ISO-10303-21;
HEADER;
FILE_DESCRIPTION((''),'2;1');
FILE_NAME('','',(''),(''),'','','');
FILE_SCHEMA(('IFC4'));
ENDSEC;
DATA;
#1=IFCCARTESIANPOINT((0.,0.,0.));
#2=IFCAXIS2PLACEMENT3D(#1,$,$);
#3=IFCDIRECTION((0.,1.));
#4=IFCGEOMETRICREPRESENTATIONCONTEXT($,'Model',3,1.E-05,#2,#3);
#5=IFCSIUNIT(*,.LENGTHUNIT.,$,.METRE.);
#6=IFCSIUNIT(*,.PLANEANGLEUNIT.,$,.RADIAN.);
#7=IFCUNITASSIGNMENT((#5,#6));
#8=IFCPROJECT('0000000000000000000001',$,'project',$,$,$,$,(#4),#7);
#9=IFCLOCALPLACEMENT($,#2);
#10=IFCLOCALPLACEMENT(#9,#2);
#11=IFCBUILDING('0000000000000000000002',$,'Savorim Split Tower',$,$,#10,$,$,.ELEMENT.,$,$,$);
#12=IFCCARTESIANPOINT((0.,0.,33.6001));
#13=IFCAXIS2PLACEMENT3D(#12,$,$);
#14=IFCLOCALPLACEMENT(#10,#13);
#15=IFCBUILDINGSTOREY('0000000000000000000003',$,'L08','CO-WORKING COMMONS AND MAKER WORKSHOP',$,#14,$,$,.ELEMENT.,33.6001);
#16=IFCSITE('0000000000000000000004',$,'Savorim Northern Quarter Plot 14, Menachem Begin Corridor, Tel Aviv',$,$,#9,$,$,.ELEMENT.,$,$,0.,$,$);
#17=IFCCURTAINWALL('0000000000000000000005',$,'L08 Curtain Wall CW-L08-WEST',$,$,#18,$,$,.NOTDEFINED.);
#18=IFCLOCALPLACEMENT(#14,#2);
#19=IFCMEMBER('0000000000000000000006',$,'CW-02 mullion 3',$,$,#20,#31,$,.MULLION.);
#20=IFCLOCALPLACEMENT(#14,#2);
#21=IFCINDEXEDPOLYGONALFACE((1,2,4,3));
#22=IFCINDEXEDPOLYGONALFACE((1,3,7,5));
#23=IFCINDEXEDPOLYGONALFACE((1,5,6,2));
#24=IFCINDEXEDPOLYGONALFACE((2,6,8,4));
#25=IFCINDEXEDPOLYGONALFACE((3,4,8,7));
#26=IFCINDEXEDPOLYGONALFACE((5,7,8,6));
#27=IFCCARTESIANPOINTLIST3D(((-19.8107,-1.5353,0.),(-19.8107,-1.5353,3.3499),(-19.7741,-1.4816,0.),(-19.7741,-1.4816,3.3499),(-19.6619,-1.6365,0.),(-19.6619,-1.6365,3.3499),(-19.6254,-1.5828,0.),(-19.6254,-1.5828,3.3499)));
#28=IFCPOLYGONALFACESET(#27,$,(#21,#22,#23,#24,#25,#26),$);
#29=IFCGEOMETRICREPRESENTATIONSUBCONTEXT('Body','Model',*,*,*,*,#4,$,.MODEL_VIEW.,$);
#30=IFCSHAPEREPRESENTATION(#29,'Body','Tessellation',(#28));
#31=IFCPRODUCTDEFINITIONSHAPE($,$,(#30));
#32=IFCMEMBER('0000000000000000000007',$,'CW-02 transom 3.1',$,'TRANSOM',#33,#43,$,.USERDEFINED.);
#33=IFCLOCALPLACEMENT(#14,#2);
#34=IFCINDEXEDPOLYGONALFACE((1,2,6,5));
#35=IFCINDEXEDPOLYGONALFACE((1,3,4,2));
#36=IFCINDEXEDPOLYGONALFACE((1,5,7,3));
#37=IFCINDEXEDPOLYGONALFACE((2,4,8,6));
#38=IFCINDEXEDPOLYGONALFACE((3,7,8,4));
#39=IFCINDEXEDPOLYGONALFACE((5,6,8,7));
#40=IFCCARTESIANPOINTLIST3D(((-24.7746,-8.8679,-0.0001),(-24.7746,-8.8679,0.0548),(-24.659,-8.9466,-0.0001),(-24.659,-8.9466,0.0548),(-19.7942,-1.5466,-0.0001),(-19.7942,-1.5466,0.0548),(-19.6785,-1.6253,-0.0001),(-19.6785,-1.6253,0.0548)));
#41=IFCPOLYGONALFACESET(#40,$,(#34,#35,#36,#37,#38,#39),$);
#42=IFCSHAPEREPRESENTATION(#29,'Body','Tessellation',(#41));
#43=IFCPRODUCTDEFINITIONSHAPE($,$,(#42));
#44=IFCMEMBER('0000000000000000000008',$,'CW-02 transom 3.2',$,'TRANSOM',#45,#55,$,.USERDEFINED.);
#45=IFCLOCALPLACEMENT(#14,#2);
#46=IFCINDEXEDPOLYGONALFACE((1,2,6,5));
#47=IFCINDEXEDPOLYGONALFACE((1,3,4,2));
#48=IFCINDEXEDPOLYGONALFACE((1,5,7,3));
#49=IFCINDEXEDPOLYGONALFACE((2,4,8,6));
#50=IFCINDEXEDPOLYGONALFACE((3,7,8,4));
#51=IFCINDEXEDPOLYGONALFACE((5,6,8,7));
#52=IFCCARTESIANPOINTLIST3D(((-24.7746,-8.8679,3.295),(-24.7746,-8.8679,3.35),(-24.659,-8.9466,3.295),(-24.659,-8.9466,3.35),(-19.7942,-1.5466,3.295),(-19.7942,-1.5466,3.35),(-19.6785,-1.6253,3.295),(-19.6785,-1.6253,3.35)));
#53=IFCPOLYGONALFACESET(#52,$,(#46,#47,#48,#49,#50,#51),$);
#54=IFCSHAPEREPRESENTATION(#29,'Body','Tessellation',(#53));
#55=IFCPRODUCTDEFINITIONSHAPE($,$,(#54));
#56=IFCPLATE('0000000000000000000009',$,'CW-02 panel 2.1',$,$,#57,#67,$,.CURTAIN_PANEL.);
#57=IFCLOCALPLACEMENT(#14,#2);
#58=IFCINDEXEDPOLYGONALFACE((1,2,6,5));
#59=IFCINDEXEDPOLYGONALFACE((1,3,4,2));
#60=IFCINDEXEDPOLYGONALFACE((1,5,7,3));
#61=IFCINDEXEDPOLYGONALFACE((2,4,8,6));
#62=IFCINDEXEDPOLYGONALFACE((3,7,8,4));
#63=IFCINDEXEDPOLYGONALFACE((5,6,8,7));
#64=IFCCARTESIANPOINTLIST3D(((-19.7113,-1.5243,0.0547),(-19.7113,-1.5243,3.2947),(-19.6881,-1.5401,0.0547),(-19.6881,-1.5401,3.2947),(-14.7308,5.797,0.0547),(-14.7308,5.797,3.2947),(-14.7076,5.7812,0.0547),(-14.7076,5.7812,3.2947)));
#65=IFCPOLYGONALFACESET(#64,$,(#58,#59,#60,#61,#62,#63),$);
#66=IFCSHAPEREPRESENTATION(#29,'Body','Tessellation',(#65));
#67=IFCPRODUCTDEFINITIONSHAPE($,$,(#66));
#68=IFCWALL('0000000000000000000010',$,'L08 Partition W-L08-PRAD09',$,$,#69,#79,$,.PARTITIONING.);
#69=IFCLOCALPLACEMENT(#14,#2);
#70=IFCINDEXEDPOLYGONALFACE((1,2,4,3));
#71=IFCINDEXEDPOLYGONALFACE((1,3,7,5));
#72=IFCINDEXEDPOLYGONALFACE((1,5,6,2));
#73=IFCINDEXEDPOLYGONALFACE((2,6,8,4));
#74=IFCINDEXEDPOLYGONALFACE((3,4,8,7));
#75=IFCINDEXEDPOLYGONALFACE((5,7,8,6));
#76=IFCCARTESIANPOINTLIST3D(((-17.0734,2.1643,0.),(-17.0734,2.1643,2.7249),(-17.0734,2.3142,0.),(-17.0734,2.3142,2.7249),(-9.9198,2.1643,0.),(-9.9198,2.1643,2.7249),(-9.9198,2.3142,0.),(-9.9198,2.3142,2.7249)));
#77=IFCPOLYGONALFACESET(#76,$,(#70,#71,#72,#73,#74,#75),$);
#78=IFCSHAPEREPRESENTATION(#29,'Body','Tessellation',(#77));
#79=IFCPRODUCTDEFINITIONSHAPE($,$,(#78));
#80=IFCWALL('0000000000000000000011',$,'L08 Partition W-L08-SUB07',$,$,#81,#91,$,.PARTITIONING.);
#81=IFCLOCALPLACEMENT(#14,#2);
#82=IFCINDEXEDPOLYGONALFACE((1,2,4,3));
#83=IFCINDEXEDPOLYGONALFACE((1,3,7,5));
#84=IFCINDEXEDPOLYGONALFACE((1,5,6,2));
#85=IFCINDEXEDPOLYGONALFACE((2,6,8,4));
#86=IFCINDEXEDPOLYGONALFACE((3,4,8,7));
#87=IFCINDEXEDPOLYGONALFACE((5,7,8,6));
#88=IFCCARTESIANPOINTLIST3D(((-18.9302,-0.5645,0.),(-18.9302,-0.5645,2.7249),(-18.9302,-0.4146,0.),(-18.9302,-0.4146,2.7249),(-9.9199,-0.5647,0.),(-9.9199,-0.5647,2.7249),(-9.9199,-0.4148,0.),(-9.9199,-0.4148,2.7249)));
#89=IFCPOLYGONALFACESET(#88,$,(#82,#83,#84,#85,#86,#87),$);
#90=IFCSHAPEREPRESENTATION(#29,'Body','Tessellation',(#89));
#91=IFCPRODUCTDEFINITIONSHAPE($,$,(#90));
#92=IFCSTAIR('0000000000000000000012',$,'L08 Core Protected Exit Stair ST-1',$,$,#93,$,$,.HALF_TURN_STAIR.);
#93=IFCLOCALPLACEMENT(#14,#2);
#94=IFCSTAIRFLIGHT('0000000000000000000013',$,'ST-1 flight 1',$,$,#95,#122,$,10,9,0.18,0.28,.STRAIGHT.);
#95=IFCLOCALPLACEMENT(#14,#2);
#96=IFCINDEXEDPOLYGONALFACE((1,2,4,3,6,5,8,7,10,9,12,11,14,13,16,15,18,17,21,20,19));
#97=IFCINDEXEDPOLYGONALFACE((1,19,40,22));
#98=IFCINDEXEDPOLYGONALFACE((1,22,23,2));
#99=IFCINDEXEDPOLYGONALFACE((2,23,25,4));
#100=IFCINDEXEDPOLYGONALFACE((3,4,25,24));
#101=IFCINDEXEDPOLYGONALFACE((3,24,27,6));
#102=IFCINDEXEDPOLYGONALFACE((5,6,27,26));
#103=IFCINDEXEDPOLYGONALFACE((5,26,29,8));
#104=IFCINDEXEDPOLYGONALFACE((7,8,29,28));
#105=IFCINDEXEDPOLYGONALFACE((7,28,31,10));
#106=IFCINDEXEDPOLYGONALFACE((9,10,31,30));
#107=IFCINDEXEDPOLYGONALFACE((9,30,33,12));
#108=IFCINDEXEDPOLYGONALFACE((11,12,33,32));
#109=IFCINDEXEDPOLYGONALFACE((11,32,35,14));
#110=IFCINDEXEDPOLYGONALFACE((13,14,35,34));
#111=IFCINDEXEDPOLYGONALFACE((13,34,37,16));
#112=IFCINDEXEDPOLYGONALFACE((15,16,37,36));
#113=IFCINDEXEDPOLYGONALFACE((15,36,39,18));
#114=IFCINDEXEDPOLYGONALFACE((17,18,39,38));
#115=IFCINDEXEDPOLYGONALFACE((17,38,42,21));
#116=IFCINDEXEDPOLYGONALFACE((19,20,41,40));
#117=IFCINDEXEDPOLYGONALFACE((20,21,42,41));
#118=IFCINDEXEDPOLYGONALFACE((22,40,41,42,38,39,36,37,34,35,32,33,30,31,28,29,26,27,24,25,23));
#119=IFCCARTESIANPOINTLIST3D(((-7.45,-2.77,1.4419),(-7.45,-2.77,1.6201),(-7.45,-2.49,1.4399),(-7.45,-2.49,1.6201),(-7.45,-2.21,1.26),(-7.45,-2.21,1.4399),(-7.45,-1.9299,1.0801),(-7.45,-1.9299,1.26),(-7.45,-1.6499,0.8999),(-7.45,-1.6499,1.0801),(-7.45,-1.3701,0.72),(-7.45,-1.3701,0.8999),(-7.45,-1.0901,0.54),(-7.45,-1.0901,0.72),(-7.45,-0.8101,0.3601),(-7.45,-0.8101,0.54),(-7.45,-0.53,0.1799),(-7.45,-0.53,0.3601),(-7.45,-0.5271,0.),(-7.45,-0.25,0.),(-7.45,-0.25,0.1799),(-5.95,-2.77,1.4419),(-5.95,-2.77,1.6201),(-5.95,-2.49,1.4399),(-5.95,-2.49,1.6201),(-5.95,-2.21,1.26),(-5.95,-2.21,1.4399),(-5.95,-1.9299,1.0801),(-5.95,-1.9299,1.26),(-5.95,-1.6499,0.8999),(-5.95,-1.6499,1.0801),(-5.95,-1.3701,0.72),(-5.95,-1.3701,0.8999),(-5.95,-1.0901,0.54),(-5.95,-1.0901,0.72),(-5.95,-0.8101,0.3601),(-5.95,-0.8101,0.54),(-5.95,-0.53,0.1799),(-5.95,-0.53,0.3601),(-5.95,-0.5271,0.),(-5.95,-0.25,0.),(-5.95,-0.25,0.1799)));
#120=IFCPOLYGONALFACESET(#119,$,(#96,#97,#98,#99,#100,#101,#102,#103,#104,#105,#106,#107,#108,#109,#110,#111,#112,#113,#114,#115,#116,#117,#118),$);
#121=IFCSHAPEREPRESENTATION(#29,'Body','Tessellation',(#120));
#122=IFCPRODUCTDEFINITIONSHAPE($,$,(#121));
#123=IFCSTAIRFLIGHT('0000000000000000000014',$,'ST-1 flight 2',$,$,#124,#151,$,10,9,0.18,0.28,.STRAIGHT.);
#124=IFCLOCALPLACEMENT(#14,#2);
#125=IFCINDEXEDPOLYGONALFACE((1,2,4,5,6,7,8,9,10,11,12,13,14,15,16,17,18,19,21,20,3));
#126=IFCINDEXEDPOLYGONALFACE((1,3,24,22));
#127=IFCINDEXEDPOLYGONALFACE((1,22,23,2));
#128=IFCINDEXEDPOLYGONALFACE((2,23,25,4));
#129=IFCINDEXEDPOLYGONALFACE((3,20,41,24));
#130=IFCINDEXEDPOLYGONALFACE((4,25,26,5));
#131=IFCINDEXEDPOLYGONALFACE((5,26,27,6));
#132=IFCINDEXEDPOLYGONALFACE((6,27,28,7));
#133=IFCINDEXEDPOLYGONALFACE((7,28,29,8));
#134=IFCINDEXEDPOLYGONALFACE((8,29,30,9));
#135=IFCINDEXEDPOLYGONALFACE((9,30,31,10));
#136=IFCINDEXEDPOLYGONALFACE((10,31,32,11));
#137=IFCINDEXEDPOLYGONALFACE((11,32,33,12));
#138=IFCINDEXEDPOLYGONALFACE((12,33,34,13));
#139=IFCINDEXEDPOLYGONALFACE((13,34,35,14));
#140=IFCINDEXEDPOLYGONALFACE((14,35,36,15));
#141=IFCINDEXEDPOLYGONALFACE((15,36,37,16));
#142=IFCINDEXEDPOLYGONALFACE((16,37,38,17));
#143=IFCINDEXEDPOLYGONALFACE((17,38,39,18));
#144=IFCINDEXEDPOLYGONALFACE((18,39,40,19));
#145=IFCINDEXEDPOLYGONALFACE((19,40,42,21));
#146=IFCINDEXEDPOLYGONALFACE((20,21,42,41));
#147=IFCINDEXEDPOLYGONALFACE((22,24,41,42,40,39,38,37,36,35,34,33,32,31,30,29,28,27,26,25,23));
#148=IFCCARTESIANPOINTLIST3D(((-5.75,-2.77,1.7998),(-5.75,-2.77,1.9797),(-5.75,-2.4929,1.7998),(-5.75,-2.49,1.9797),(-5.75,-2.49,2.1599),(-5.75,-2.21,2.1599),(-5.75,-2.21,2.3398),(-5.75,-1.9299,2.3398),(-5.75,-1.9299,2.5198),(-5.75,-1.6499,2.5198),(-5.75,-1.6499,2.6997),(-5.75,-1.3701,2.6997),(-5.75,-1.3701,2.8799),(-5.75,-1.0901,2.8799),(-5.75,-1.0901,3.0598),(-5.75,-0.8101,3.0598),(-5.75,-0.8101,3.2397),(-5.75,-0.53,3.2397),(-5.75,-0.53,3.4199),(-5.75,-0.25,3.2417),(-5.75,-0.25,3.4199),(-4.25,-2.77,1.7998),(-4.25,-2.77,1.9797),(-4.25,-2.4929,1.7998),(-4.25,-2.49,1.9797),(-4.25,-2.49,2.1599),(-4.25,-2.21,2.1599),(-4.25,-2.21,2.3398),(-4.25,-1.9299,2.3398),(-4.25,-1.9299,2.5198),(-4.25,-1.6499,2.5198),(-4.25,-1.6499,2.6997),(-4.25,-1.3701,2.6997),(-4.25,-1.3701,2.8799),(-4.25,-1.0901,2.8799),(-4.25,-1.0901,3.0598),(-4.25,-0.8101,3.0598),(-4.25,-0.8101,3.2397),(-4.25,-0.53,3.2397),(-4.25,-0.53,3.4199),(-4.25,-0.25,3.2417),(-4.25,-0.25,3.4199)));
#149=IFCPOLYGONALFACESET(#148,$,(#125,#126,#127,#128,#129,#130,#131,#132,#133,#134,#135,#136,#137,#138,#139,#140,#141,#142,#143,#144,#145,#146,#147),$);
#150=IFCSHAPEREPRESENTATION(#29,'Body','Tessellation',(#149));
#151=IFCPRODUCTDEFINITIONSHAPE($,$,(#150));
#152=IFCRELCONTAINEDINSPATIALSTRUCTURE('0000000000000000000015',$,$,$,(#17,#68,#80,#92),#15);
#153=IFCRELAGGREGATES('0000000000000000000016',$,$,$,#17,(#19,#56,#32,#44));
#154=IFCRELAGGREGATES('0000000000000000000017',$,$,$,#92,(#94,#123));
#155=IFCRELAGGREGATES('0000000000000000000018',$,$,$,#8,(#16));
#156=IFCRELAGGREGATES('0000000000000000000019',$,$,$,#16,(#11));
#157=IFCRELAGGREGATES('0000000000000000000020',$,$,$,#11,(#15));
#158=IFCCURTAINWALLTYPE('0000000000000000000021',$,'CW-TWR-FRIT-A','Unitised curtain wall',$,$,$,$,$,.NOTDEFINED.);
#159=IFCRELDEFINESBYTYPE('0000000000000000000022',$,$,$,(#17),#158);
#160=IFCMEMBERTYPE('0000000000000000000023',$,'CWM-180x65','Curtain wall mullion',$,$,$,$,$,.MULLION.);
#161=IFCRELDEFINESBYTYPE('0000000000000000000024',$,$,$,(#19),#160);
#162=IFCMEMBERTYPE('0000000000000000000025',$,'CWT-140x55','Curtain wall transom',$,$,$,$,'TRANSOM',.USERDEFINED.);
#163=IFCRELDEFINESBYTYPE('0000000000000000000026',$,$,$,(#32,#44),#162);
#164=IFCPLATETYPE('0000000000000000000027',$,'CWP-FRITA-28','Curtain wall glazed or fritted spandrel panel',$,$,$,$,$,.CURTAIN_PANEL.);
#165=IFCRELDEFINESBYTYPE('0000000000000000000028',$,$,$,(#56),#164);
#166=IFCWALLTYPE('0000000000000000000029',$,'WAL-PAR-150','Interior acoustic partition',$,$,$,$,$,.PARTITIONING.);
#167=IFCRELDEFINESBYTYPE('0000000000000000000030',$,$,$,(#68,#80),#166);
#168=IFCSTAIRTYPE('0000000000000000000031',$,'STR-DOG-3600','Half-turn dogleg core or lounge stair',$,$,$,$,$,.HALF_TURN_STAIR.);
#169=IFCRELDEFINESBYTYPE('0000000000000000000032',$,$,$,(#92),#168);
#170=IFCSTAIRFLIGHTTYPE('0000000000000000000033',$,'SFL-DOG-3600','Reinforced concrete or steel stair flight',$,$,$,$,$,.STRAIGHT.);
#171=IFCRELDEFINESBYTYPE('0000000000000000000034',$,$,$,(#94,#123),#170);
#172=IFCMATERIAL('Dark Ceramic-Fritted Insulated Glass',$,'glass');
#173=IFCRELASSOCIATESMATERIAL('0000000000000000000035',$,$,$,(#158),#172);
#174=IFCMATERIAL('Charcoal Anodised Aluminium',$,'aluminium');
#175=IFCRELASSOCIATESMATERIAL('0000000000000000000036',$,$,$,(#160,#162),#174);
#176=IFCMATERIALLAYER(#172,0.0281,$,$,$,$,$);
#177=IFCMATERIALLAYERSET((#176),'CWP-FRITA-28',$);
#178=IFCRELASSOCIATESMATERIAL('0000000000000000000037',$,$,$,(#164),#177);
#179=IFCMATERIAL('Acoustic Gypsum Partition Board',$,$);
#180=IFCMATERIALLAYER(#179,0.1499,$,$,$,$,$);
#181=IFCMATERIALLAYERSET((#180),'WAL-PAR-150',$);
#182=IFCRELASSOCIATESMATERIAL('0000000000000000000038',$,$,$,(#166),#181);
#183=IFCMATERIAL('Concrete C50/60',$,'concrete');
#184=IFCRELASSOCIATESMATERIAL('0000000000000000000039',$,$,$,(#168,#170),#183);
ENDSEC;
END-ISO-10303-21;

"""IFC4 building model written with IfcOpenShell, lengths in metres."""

from ifc_helpers import new_model, si_unit, direction, frame, frame_2d, origin, origin_2d, place, context, subcontext, project, spatial, polyline, rectangle, outline, extrude, material, layer, layer_set, material_profile, profile_set, type_object, element, aggregate, save


model = new_model("IFC4")

# Units and contexts
model_context = context("Model", 3, precision=1e-05, world=origin(), true_north=direction((0.0, 1.0)))
body_context = subcontext(model_context, "Body", "Model", "MODEL_VIEW")
ifc_project = project(units=[si_unit("LENGTHUNIT", "METRE"), si_unit("PLANEANGLEUNIT", "RADIAN")], contexts=[model_context])

# Site, building, storey
site_placement = place(None, origin())
site = spatial("IfcSite", under=ifc_project, at=site_placement, Name="Savorim Northern Quarter Plot 14, Menachem Begin Corridor, Tel Aviv", CompositionType="ELEMENT", RefElevation=0.0)
building_placement = place(site_placement, origin())
building = spatial("IfcBuilding", under=site, at=building_placement, Name="Savorim Split Tower", CompositionType="ELEMENT")
storey_placement = place(building_placement, frame((0.0, 0.0, 33.6001)))
storey = spatial("IfcBuildingStorey", under=building, at=storey_placement, Name="L08", Description="CO-WORKING COMMONS AND MAKER WORKSHOP", CompositionType="ELEMENT", Elevation=33.6001)

# Curtain wall, members, plate
ifc_material_1 = material(Name="Dark Ceramic-Fritted Insulated Glass", Category="glass")
curtain_wall_type = type_object("IfcCurtainWallType", Name="CW-TWR-FRIT-A", Description="Unitised curtain wall", PredefinedType="NOTDEFINED", material=ifc_material_1)
curtain_wall_placement = place(storey_placement, origin())
curtain_wall = element("IfcCurtainWall", 1, at=curtain_wall_placement, inside=storey, type_object=curtain_wall_type, Name="L08 Curtain Wall CW-L08-WEST", PredefinedType="NOTDEFINED")
ifc_material_2 = material(Name="Charcoal Anodised Aluminium", Category="aluminium")
ifc_material_profile_1 = material_profile(ifc_material_2, rectangle(XDim=0.1799, YDim=0.0649, at=origin_2d()), Name="ALU-M 180x65")
ifc_profile_set_1 = profile_set([ifc_material_profile_1], Name="Charcoal Anodised Aluminium")
member_type_1 = type_object("IfcMemberType", Name="CWM-180x65", Description="Curtain wall mullion", PredefinedType="MULLION", material=ifc_profile_set_1)
member_1_placement = place(storey_placement, frame((-19.718, -1.5591, 0.0), z_axis=(0.0, 0.0, 1.0), x_axis=(0.826821, -0.562465, 0.0)))
member_1 = element("IfcMember", 2, at=member_1_placement, type_object=member_type_1, Name="CW-02 mullion 3", PredefinedType="MULLION", context=body_context, shape_type="SweptSolid", body=[
    extrude(rectangle(XDim=0.1799, YDim=0.0649, at=origin_2d()), origin(), (0.0, 0.0, 1.0), 3.3499),
])
ifc_material_profile_2 = material_profile(ifc_material_2, rectangle(XDim=0.1399, YDim=0.0549, at=origin_2d()), Name="ALU-T 140x55")
ifc_profile_set_2 = profile_set([ifc_material_profile_2], Name="Charcoal Anodised Aluminium")
member_type_2 = type_object("IfcMemberType", Name="CWT-140x55", Description="Curtain wall transom", ElementType="TRANSOM", PredefinedType="USERDEFINED", material=ifc_profile_set_2)
member_2_placement = place(storey_placement, frame((-19.7363, -1.5859, 0.0273), z_axis=(-0.562464, -0.826822, 0.0), x_axis=(0.826822, -0.562464, 0.0)))
member_2 = element("IfcMember", 3, at=member_2_placement, type_object=member_type_2, Name="CW-02 transom 3.1", ObjectType="TRANSOM", PredefinedType="USERDEFINED", context=body_context, shape_type="SweptSolid", body=[
    extrude(rectangle(XDim=0.1399, YDim=0.0549, at=origin_2d()), origin(), (0.0, 0.0, 1.0), 8.8547),
])
member_3_placement = place(storey_placement, frame((-19.7363, -1.5859, 3.3225), z_axis=(-0.562464, -0.826822, 0.0), x_axis=(0.826822, -0.562464, 0.0)))
member_3 = element("IfcMember", 4, at=member_3_placement, type_object=member_type_2, Name="CW-02 transom 3.2", ObjectType="TRANSOM", PredefinedType="USERDEFINED", context=body_context, shape_type="SweptSolid", body=[
    extrude(rectangle(XDim=0.1399, YDim=0.0549, at=origin_2d()), origin(), (0.0, 0.0, 1.0), 8.8547),
])
ifc_layer_1 = layer(ifc_material_1, 0.0281)
ifc_layer_set_1 = layer_set([ifc_layer_1], Name="CWP-FRITA-28")
plate_type = type_object("IfcPlateType", Name="CWP-FRITA-28", Description="Curtain wall glazed or fritted spandrel panel", PredefinedType="CURTAIN_PANEL", material=ifc_layer_set_1)
plate_placement = place(storey_placement, frame((-17.2095, 2.1284, 0.0547), z_axis=(0.0, 0.0, 1.0), x_axis=(-0.562465, -0.826821, 0.0)))
plate = element("IfcPlate", 5, at=plate_placement, type_object=plate_type, Name="CW-02 panel 2.1", PredefinedType="CURTAIN_PANEL", context=body_context, shape_type="SweptSolid", body=[
    extrude(rectangle(XDim=8.8547, YDim=0.0281, at=origin_2d()), origin(), (0.0, 0.0, 1.0), 3.24),
])
aggregate(curtain_wall, [member_1, plate, member_2, member_3])

# Shared definitions
ifc_material_3 = material(Name="Concrete C50/60", Category="concrete")

# Walls
ifc_material_4 = material(Name="Acoustic Gypsum Partition Board")
ifc_layer_2 = layer(ifc_material_4, 0.1499)
ifc_layer_set_2 = layer_set([ifc_layer_2], Name="WAL-PAR-150")
wall_type_1 = type_object("IfcWallType", Name="WAL-PAR-150", Description="Interior acoustic partition", PredefinedType="PARTITIONING", material=ifc_layer_set_2)
wall_1_placement = place(storey_placement, frame((-9.9199, 2.2393, 0.0), z_axis=(0.0, 0.0, 1.0), x_axis=(-1.0, 0.0, 0.0)))
element("IfcWall", 6, at=wall_1_placement, inside=storey, type_object=wall_type_1, Name="L08 Partition W-L08-PRAD09", PredefinedType="PARTITIONING", context=body_context, shape_type="SweptSolid", body=[
    extrude(rectangle(XDim=7.1536, YDim=0.1499, at=frame_2d((3.5767, 0.0))), origin(), (0.0, 0.0, 1.0), 2.7249),
])
wall_2_placement = place(storey_placement, frame((-9.9199, -0.4897, 0.0), z_axis=(0.0, 0.0, 1.0), x_axis=(-1.0, 0.000027, 0.0)))
element("IfcWall", 7, at=wall_2_placement, inside=storey, type_object=wall_type_1, Name="L08 Partition W-L08-SUB07", PredefinedType="PARTITIONING", context=body_context, shape_type="SweptSolid", body=[
    extrude(rectangle(XDim=9.0103, YDim=0.1499, at=frame_2d((4.5051, 0.0))), origin(), (0.0, 0.0, 1.0), 2.7249),
])

# Stair, stair flights
stair_type = type_object("IfcStairType", Name="STR-DOG-3600", Description="Half-turn dogleg core or lounge stair", PredefinedType="HALF_TURN_STAIR", material=ifc_material_3)
stair_placement = place(storey_placement, origin())
stair = element("IfcStair", 8, at=stair_placement, inside=storey, type_object=stair_type, Name="L08 Core Protected Exit Stair ST-1", PredefinedType="HALF_TURN_STAIR")
stair_flight_type = type_object("IfcStairFlightType", Name="SFL-DOG-3600", Description="Reinforced concrete or steel stair flight", PredefinedType="STRAIGHT", material=ifc_material_3)
stair_flight_1_placement = place(storey_placement, frame((-6.7, -0.25, 0.0), z_axis=(0.0, 0.0, 1.0), x_axis=(0.0, -1.0, 0.0)))
stair_flight_1 = element("IfcStairFlight", 9, at=stair_flight_1_placement, type_object=stair_flight_type, Name="ST-1 flight 1", NumberOfRisers=10, NumberOfTreads=9, PredefinedType="STRAIGHT", RiserHeight=0.18, TreadLength=0.28, context=body_context, shape_type="SweptSolid", body=[
    extrude(outline(polyline([(0.0, 0.0), (0.0, 0.1799), (0.28, 0.1799), (0.28, 0.3601), (0.5601, 0.3601), (0.5601, 0.54), (0.8401, 0.54), (0.8401, 0.72), (1.1201, 0.72), (1.1201, 0.8999), (1.3999, 0.8999), (1.3999, 1.0801), (1.6799, 1.0801), (1.6799, 1.26), (1.96, 1.26), (1.96, 1.4399), (2.24, 1.4399), (2.24, 1.6201), (2.52, 1.6201), (2.52, 1.8), (2.52, 1.4419), (0.2771, 0.0), (0.0, 0.0)])), frame((0.0, 0.75, 0.0), z_axis=(0.0, -1.0, 0.0), x_axis=(1.0, 0.0, 0.0)), (0.0, 0.0, 1.0), 1.5),
])
stair_flight_2_placement = place(storey_placement, frame((-5.0, -2.77, 1.7998), z_axis=(0.0, 0.0, 1.0), x_axis=(0.0, 1.0, 0.0)))
stair_flight_2 = element("IfcStairFlight", 10, at=stair_flight_2_placement, type_object=stair_flight_type, Name="ST-1 flight 2", NumberOfRisers=10, NumberOfTreads=9, PredefinedType="STRAIGHT", RiserHeight=0.18, TreadLength=0.28, context=body_context, shape_type="SweptSolid", body=[
    extrude(outline(polyline([(0.0, 0.0), (0.0, 0.1799), (0.28, 0.1799), (0.28, 0.3601), (0.5601, 0.3601), (0.5601, 0.54), (0.8401, 0.54), (0.8401, 0.72), (1.1201, 0.72), (1.1201, 0.8999), (1.3999, 0.8999), (1.3999, 1.0801), (1.6799, 1.0801), (1.6799, 1.26), (1.96, 1.26), (1.96, 1.4399), (2.24, 1.4399), (2.24, 1.6201), (2.52, 1.6201), (2.52, 1.8), (2.52, 1.4419), (0.2771, 0.0), (0.0, 0.0)])), frame((0.0, 0.75, 0.0), z_axis=(0.0, -1.0, 0.0), x_axis=(1.0, 0.0, 0.0)), (0.0, 0.0, 1.0), 1.5),
])
aggregate(stair, [stair_flight_1, stair_flight_2])

save(model, "model.ifc")
